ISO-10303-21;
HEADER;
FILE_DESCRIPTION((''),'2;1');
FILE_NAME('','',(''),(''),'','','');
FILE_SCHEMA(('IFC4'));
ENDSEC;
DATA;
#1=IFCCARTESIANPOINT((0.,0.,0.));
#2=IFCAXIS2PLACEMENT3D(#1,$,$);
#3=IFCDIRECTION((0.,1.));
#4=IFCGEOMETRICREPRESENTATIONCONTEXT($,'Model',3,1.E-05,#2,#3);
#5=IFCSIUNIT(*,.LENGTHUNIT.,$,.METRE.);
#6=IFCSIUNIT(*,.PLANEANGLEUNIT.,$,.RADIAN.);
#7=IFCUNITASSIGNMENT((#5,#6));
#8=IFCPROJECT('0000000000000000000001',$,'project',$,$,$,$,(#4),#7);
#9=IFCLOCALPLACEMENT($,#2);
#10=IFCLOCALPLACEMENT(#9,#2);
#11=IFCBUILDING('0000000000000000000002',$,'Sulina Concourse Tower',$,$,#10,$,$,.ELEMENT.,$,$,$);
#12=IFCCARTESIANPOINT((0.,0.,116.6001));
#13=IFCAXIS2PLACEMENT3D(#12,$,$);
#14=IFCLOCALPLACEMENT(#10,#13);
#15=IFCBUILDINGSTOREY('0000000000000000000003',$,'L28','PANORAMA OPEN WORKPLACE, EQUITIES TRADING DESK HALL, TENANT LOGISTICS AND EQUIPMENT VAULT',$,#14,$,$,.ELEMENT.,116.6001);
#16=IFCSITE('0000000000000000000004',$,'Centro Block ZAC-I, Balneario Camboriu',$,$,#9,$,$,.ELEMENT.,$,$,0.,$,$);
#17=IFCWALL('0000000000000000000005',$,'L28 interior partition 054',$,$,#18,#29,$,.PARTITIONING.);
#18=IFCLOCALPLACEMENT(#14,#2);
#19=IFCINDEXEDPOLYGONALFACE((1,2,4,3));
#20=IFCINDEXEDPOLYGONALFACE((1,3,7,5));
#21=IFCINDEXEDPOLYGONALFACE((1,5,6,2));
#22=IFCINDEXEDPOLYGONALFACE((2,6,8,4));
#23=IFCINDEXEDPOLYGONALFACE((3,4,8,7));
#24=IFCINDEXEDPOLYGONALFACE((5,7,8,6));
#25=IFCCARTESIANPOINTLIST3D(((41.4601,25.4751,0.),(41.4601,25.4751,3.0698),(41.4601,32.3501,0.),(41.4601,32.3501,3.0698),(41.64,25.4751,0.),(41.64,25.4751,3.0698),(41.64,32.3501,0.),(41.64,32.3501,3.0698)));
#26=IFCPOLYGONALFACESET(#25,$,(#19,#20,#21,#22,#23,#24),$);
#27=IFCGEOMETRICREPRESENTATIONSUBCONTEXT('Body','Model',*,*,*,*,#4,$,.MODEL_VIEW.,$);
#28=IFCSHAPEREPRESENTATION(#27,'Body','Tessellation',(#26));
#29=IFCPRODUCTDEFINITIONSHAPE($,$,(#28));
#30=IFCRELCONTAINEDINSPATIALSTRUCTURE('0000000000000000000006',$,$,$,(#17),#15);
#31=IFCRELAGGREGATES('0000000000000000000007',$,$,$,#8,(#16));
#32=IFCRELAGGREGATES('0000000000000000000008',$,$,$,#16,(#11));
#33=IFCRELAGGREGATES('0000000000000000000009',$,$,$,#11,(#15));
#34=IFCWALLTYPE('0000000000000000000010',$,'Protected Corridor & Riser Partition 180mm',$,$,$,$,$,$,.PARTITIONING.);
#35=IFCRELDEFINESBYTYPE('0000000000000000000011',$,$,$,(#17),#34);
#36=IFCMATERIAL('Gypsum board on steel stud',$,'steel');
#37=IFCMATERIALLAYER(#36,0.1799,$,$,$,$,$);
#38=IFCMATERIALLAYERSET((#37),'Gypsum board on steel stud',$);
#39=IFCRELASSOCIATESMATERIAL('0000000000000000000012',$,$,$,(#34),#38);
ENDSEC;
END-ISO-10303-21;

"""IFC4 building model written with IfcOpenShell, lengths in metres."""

from ifc_helpers import new_model, si_unit, direction, frame, frame_2d, origin, place, context, subcontext, project, spatial, rectangle, extrude, material, layer, layer_set, type_object, element, save


model = new_model("IFC4")

# Units and contexts
model_context = context("Model", 3, precision=1e-05, world=origin(), true_north=direction((0.0, 1.0)))
body_context = subcontext(model_context, "Body", "Model", "MODEL_VIEW")
ifc_project = project(units=[si_unit("LENGTHUNIT", "METRE"), si_unit("PLANEANGLEUNIT", "RADIAN")], contexts=[model_context])

# Site, building, storey
site_placement = place(None, origin())
site = spatial("IfcSite", under=ifc_project, at=site_placement, Name="Centro Block ZAC-I, Balneario Camboriu", CompositionType="ELEMENT", RefElevation=0.0)
building_placement = place(site_placement, origin())
building = spatial("IfcBuilding", under=site, at=building_placement, Name="Sulina Concourse Tower", CompositionType="ELEMENT")
storey_placement = place(building_placement, frame((0.0, 0.0, 116.6001)))
storey = spatial("IfcBuildingStorey", under=building, at=storey_placement, Name="L28", Description="PANORAMA OPEN WORKPLACE, EQUITIES TRADING DESK HALL, TENANT LOGISTICS AND EQUIPMENT VAULT", CompositionType="ELEMENT", Elevation=116.6001)

# Shared definitions
ifc_material_1 = material(Name="Gypsum board on steel stud", Category="steel")
ifc_layer_1 = layer(ifc_material_1, 0.1799)
ifc_layer_set_1 = layer_set([ifc_layer_1], Name="Gypsum board on steel stud")
wall_type_1 = type_object("IfcWallType", Name="Protected Corridor & Riser Partition 180mm", PredefinedType="PARTITIONING", material=ifc_layer_set_1)

# Wall
wall_1_placement = place(storey_placement, frame((41.55, 25.4751, 0.0), z_axis=(0.0, 0.0, 1.0), x_axis=(0.0, 1.0, 0.0)))
element("IfcWall", 1, at=wall_1_placement, inside=storey, type_object=wall_type_1, Name="L28 interior partition 054", PredefinedType="PARTITIONING", context=body_context, shape_type="SweptSolid", body=[
    extrude(rectangle(XDim=6.875, YDim=0.1799, at=frame_2d((3.4375, 0.0))), origin(), (0.0, 0.0, 1.0), 3.0698),
])

save(model, "model.ifc")
